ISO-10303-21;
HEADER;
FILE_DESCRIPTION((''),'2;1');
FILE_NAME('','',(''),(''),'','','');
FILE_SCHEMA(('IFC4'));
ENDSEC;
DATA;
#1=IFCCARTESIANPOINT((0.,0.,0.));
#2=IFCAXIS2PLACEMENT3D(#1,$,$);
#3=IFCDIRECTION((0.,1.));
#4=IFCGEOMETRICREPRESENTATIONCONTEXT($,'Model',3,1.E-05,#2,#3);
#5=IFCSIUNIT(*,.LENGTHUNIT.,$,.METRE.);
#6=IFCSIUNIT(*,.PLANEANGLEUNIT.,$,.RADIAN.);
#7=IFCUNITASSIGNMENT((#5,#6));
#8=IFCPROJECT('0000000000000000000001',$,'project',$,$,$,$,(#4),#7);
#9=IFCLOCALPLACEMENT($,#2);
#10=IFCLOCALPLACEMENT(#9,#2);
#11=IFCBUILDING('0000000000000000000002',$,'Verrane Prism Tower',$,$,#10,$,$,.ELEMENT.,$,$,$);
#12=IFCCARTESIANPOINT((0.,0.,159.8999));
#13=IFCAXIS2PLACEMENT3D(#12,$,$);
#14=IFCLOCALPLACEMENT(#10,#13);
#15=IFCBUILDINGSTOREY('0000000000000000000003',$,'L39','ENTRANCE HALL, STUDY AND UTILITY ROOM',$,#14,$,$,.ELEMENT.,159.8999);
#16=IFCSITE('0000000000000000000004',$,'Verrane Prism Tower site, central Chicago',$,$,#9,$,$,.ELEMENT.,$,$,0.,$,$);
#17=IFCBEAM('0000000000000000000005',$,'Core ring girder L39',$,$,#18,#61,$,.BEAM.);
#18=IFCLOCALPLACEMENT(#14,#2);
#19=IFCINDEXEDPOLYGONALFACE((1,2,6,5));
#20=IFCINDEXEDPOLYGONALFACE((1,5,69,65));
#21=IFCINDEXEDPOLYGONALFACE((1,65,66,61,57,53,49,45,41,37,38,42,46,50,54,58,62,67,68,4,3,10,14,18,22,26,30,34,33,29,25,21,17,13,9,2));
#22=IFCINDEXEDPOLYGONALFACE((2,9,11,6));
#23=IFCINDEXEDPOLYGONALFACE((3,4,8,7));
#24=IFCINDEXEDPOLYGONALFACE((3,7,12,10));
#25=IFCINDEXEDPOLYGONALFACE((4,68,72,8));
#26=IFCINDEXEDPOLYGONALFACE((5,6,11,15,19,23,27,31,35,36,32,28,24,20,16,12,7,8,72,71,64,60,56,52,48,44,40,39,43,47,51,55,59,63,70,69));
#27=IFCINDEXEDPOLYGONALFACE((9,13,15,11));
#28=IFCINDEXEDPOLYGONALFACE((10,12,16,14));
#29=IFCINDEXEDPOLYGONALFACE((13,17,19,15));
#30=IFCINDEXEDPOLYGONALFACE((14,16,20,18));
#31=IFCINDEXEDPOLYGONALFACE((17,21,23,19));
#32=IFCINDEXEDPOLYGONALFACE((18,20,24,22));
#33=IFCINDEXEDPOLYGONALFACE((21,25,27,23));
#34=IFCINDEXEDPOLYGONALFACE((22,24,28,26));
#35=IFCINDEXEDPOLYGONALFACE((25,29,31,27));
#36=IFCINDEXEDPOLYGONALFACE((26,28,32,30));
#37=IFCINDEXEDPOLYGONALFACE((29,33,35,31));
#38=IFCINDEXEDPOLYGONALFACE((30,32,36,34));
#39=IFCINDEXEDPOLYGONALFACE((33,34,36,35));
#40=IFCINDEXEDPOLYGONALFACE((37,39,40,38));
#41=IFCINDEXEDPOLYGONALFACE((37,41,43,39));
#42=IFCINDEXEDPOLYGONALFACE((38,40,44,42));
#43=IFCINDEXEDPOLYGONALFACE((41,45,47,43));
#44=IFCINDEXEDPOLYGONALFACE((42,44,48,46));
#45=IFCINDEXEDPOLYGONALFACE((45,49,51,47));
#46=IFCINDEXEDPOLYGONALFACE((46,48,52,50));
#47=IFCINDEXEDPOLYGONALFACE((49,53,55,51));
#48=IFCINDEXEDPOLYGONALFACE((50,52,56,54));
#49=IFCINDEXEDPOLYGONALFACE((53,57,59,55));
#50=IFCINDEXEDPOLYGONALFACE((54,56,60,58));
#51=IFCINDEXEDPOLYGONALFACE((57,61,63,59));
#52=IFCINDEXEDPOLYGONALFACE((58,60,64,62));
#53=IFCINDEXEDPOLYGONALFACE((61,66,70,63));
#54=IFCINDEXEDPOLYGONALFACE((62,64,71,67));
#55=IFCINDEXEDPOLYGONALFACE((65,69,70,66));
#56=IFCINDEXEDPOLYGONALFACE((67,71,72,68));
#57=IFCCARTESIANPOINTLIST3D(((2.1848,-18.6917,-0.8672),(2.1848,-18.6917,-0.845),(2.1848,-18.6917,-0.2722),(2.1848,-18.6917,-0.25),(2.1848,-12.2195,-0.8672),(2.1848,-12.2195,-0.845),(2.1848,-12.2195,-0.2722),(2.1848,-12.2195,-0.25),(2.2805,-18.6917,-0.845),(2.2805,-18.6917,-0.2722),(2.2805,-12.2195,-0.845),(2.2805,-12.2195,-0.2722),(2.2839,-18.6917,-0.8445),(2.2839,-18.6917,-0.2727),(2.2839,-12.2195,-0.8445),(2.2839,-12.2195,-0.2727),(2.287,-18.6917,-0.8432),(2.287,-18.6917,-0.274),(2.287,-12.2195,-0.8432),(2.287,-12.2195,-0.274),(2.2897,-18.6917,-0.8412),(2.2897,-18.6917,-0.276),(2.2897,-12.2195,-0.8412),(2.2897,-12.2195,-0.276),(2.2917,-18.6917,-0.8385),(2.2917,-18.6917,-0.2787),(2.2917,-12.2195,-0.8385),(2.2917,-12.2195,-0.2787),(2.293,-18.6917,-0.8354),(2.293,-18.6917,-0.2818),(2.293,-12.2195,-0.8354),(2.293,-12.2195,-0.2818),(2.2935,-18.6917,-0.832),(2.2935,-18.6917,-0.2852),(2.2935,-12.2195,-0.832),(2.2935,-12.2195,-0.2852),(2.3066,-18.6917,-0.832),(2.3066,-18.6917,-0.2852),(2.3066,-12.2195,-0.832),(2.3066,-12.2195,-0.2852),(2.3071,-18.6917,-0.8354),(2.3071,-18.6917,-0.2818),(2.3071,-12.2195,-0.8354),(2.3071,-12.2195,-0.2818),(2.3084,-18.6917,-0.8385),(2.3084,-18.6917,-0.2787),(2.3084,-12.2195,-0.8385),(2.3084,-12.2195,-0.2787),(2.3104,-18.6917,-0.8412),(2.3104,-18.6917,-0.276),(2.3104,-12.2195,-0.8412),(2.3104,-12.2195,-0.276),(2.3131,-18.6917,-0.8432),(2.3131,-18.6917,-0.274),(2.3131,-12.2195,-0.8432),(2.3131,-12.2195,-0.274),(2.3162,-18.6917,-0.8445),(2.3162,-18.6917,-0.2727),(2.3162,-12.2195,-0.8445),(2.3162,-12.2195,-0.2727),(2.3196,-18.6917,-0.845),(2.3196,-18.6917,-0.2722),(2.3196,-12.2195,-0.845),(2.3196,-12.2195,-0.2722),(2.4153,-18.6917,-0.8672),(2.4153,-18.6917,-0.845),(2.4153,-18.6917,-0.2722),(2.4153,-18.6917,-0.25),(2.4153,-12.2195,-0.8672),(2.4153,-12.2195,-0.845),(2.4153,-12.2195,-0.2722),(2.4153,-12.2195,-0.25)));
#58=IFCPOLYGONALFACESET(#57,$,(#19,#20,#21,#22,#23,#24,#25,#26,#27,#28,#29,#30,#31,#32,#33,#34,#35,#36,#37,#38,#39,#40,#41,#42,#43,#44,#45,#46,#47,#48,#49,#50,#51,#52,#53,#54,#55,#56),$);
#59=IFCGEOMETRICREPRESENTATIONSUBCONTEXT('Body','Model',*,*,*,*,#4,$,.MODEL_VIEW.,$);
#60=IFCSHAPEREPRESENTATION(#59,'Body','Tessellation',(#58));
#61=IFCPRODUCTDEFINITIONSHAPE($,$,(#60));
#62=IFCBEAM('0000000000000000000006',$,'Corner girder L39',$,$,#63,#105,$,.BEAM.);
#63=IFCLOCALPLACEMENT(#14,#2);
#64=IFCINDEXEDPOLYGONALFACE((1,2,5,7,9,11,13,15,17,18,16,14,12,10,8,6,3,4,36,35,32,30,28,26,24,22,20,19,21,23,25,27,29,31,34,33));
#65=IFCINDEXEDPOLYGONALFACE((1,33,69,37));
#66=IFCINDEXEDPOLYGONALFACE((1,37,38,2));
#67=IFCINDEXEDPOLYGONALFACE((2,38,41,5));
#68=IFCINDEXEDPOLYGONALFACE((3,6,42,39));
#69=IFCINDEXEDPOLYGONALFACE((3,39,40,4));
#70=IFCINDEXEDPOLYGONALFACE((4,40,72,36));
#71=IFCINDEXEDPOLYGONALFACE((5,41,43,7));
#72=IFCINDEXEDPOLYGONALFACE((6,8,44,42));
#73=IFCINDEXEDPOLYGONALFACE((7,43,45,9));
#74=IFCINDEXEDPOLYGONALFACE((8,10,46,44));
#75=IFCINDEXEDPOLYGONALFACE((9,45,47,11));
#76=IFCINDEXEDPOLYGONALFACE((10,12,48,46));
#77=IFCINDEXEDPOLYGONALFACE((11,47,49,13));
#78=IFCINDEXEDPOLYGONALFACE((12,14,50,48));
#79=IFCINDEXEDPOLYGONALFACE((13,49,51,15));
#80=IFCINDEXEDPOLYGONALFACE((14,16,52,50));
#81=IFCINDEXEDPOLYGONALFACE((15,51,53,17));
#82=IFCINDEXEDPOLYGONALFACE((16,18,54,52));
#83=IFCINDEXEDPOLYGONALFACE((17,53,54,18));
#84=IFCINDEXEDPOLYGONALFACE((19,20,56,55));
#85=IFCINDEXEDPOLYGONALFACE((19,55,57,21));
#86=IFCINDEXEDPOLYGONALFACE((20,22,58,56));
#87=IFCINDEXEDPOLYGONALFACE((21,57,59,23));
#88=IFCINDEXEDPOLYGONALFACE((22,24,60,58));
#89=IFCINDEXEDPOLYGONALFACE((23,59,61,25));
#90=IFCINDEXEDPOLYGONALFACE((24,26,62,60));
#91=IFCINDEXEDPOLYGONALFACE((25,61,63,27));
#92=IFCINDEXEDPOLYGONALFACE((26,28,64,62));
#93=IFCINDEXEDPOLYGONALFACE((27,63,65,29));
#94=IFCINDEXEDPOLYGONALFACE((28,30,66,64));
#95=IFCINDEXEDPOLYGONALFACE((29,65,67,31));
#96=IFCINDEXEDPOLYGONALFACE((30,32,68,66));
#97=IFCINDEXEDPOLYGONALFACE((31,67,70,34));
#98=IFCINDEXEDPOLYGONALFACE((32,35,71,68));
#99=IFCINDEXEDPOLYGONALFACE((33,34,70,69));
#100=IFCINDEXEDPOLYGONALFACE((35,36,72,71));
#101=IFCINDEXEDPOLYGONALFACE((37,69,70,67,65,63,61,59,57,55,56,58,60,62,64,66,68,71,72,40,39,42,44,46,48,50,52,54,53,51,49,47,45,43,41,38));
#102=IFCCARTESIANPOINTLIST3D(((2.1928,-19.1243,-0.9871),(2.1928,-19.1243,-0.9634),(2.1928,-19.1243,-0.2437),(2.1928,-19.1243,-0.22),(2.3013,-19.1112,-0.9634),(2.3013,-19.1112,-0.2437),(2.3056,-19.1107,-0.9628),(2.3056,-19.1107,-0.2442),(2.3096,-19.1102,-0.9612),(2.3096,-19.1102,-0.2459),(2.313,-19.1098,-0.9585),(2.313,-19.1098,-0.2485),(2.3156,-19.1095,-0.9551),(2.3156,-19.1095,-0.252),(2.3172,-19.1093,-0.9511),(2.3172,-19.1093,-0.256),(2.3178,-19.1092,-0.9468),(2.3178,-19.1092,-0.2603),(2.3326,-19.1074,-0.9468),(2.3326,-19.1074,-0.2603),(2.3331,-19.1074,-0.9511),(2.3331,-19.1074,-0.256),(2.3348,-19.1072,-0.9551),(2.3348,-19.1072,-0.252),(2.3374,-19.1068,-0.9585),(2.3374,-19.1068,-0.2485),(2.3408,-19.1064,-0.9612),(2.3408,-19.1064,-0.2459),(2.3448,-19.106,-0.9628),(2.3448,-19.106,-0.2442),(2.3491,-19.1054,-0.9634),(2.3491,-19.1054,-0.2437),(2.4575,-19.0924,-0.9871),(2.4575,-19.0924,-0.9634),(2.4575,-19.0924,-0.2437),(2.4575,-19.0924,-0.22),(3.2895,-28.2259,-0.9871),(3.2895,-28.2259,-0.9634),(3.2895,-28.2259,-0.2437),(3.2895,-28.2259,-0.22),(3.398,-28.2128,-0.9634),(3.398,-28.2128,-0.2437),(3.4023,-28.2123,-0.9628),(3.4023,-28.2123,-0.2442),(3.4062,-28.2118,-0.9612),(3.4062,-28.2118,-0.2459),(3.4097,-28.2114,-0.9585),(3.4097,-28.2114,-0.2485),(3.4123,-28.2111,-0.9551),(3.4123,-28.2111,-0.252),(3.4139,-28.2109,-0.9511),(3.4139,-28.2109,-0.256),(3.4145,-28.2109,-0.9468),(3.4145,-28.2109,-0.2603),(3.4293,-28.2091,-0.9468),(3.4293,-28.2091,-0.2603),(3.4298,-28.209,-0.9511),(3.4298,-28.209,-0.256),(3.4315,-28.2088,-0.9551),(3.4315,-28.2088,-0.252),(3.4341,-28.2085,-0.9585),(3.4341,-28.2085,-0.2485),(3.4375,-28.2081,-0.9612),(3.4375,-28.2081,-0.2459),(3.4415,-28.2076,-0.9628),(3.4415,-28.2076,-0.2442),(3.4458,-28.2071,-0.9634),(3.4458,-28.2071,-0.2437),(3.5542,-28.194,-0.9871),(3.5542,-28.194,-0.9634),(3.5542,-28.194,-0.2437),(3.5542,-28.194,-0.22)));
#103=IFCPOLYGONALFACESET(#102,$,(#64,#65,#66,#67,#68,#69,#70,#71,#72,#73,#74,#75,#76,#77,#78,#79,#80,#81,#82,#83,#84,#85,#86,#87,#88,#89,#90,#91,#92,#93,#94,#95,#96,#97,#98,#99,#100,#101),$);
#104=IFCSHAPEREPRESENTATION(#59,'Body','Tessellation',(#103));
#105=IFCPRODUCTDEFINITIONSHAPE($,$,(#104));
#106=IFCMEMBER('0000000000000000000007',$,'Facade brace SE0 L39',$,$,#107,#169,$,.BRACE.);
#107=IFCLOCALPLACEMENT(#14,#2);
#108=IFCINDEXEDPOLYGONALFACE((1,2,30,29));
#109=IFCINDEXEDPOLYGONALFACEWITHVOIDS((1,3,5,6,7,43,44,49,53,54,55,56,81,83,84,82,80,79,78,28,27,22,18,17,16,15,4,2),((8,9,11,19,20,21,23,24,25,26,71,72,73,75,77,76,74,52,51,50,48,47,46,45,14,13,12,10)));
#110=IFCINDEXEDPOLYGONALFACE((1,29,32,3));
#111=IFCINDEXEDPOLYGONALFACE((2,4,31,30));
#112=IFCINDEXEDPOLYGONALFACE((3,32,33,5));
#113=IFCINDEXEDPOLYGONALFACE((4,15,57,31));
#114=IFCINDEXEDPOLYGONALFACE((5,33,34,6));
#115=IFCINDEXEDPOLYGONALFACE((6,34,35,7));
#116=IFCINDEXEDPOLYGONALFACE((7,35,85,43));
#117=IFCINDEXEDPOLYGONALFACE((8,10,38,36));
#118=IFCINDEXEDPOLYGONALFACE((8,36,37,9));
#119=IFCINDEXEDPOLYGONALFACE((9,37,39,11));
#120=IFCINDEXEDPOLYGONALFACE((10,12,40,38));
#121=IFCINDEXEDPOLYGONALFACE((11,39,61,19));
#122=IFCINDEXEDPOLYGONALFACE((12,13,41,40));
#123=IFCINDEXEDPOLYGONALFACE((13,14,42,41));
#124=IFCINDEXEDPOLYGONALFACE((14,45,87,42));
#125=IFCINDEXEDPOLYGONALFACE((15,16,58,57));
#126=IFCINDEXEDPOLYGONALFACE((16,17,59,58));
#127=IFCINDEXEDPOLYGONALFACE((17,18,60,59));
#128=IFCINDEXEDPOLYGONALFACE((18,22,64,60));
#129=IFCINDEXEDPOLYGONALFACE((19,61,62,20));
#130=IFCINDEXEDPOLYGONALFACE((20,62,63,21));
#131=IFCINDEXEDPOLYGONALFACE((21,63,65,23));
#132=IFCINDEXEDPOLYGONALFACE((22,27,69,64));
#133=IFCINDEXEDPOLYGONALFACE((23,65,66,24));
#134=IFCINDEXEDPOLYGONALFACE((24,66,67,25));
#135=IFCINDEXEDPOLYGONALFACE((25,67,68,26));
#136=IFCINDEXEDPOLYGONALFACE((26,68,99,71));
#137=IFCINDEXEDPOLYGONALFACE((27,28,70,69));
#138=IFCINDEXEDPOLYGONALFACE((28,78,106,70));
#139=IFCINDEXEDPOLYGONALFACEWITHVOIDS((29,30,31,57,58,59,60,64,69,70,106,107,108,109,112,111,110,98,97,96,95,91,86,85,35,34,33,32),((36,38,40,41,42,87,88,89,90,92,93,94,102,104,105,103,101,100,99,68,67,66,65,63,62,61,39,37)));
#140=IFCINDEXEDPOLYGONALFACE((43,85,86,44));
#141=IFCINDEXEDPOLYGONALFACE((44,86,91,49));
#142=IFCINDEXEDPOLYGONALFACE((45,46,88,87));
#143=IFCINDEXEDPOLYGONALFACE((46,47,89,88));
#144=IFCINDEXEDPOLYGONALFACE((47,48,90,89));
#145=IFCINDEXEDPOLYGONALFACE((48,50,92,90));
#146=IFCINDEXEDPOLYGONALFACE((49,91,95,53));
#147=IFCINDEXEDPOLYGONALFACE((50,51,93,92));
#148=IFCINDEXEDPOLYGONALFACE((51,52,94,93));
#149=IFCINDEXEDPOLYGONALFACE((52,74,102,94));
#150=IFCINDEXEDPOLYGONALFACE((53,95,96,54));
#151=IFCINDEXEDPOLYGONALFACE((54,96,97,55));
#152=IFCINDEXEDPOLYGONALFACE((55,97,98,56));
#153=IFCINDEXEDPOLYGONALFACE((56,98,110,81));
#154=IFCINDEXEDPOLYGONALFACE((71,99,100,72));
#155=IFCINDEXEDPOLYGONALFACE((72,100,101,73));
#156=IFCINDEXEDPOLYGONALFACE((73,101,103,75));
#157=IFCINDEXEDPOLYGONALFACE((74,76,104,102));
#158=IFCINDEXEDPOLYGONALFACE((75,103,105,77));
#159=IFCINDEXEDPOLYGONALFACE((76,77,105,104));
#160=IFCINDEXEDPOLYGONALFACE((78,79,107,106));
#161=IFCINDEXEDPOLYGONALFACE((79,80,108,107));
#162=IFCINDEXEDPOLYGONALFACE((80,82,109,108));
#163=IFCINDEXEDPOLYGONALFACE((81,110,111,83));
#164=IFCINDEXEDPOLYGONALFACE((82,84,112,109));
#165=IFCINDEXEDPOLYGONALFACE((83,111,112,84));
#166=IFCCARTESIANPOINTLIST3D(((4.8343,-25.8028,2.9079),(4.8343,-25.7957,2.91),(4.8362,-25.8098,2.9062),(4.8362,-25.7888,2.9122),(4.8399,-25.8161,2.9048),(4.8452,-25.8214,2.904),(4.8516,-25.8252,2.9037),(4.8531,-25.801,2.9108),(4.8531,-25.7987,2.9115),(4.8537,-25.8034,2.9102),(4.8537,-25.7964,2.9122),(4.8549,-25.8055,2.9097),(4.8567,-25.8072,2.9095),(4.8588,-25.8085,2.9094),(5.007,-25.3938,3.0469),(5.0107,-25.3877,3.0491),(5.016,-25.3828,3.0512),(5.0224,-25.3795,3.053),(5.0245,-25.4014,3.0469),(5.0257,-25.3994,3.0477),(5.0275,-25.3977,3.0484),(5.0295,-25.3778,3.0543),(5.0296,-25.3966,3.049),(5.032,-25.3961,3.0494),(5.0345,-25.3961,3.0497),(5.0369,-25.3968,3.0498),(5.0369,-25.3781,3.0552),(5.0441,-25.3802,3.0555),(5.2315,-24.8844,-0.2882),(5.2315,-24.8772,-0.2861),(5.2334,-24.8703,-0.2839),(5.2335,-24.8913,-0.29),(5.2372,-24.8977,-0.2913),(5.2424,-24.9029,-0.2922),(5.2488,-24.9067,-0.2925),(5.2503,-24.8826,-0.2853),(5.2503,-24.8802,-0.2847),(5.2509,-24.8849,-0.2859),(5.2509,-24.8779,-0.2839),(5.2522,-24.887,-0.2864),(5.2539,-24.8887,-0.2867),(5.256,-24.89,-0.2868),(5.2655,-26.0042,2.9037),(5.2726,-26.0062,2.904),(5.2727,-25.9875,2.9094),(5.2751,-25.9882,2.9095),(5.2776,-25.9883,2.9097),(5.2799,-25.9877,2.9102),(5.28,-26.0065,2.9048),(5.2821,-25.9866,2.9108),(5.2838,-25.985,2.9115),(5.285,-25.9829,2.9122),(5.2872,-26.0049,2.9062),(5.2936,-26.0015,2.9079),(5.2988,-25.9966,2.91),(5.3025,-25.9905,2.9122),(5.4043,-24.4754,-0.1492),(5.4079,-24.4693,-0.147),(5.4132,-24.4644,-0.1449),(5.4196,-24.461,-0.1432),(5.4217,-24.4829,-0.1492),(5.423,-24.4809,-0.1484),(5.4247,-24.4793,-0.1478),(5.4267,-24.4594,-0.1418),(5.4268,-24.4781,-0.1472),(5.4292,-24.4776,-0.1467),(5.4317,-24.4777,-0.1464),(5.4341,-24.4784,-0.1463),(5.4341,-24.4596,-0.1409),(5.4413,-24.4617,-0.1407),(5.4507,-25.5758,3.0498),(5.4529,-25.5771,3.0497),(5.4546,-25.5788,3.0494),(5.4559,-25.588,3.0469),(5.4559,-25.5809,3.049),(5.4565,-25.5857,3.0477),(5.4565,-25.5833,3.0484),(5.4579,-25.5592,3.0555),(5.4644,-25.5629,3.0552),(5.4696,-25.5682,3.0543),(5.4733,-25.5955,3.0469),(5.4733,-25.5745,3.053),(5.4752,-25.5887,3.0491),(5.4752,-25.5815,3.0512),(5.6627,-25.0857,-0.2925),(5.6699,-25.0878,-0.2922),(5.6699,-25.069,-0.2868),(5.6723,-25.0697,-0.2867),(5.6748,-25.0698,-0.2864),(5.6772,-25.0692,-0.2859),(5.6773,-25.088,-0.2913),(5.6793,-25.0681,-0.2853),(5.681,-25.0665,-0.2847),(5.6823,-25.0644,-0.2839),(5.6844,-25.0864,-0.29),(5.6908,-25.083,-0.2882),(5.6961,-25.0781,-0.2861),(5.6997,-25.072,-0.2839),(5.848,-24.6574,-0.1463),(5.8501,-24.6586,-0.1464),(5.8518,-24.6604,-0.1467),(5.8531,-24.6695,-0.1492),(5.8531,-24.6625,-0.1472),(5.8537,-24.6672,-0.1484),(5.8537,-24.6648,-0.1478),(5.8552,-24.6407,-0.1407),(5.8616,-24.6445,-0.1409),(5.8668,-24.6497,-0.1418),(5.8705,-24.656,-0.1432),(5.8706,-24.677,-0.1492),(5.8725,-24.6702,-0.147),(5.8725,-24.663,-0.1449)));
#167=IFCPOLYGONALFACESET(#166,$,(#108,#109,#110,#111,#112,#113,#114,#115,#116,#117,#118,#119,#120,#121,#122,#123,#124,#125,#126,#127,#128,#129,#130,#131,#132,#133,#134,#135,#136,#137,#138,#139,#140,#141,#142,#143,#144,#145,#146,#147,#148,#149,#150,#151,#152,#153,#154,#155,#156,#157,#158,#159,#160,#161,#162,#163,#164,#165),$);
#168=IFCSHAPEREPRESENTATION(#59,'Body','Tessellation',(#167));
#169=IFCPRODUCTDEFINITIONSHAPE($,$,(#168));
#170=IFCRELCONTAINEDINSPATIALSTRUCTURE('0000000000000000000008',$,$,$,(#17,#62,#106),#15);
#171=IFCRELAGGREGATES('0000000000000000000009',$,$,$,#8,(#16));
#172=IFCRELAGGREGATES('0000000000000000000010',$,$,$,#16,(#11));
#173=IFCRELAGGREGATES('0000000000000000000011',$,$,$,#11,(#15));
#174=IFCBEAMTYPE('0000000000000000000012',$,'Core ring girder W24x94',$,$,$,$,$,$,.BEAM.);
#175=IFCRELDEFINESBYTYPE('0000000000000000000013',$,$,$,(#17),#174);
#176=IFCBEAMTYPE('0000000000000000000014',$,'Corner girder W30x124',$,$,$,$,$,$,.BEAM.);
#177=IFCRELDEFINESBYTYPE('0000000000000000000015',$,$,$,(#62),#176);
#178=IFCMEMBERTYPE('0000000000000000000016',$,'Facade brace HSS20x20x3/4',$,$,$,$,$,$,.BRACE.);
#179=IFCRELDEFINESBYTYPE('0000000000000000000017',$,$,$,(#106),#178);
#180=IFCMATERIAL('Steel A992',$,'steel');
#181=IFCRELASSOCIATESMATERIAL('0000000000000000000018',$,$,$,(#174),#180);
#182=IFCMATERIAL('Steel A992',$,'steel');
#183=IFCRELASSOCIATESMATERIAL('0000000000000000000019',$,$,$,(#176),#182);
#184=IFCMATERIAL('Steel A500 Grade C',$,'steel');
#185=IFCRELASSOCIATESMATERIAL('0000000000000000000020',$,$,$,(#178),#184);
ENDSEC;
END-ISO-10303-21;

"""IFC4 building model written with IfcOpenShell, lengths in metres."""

from ifc_helpers import new_model, si_unit, direction, frame, origin, origin_2d, place, context, subcontext, project, spatial, hollow_rectangle, i_section, extrude, material, material_profile, profile_set, type_object, element, save


model = new_model("IFC4")

# Units and contexts
model_context = context("Model", 3, precision=1e-05, world=origin(), true_north=direction((0.0, 1.0)))
body_context = subcontext(model_context, "Body", "Model", "MODEL_VIEW")
ifc_project = project(units=[si_unit("LENGTHUNIT", "METRE"), si_unit("PLANEANGLEUNIT", "RADIAN")], contexts=[model_context])

# Site, building, storey
site_placement = place(None, origin())
site = spatial("IfcSite", under=ifc_project, at=site_placement, Name="Verrane Prism Tower site, central Chicago", CompositionType="ELEMENT", RefElevation=0.0)
building_placement = place(site_placement, origin())
building = spatial("IfcBuilding", under=site, at=building_placement, Name="Verrane Prism Tower", CompositionType="ELEMENT")
storey_placement = place(building_placement, frame((0.0, 0.0, 159.8999)))
storey = spatial("IfcBuildingStorey", under=building, at=storey_placement, Name="L39", Description="ENTRANCE HALL, STUDY AND UTILITY ROOM", CompositionType="ELEMENT", Elevation=159.8999)

# Beams
ifc_material_1 = material(Name="Steel A992", Category="steel")
ifc_material_profile_1 = material_profile(ifc_material_1, i_section(OverallWidth=0.2305, OverallDepth=0.6172, WebThickness=0.0132, FlangeThickness=0.0222, FilletRadius=0.0129, at=origin_2d()), Name="W24x94")
ifc_profile_set_1 = profile_set([ifc_material_profile_1], Name="Steel A992")
beam_type_1 = type_object("IfcBeamType", Name="Core ring girder W24x94", PredefinedType="BEAM", material=ifc_profile_set_1)
beam_1_placement = place(storey_placement, frame((2.3, -18.6917, -0.5586), z_axis=(0.0, 1.0, 0.0), x_axis=(-1.0, 0.0, 0.0)))
element("IfcBeam", 1, at=beam_1_placement, inside=storey, type_object=beam_type_1, Name="Core ring girder L39", PredefinedType="BEAM", context=body_context, shape_type="SweptSolid", body=[
    extrude(i_section(OverallWidth=0.2305, OverallDepth=0.6172, WebThickness=0.0132, FlangeThickness=0.0222, FilletRadius=0.0129, at=origin_2d()), origin(), (0.0, 0.0, 1.0), 6.4722),
])
ifc_material_2 = material(Name="Steel A992", Category="steel")
ifc_material_profile_2 = material_profile(ifc_material_2, i_section(OverallWidth=0.2666, OverallDepth=0.7671, WebThickness=0.0149, FlangeThickness=0.0237, FilletRadius=0.0166, at=origin_2d()), Name="W30x124")
ifc_profile_set_2 = profile_set([ifc_material_profile_2], Name="Steel A992")
beam_type_2 = type_object("IfcBeamType", Name="Corner girder W30x124", PredefinedType="BEAM", material=ifc_profile_set_2)
beam_2_placement = place(storey_placement, frame((3.4219, -28.21, -0.6035), z_axis=(-0.119628, 0.992819, 0.0), x_axis=(-0.992819, -0.119628, 0.0)))
element("IfcBeam", 2, at=beam_2_placement, inside=storey, type_object=beam_type_2, Name="Corner girder L39", PredefinedType="BEAM", context=body_context, shape_type="SweptSolid", body=[
    extrude(i_section(OverallWidth=0.2666, OverallDepth=0.7671, WebThickness=0.0149, FlangeThickness=0.0237, FilletRadius=0.0166, at=origin_2d()), origin(), (0.0, 0.0, 1.0), 9.1675),
])

# Member
ifc_material_3 = material(Name="Steel A500 Grade C", Category="steel")
ifc_material_profile_3 = material_profile(ifc_material_3, hollow_rectangle(XDim=0.5081, YDim=0.5081, WallThickness=0.019, InnerFilletRadius=0.0095, OuterFilletRadius=0.0286, at=origin_2d()), Name="HSS20x20x3/4")
ifc_profile_set_3 = profile_set([ifc_material_profile_3], Name="Steel A500 Grade C")
member_type_1 = type_object("IfcMemberType", Name="Facade brace HSS20x20x3/4", PredefinedType="BRACE", material=ifc_profile_set_3)
member_1_placement = place(storey_placement, frame((5.552, -24.7737, -0.2166), z_axis=(-0.118606, -0.274245, 0.954318), x_axis=(0.91784, -0.39695, 0.0)))
element("IfcMember", 3, at=member_1_placement, inside=storey, type_object=member_type_1, Name="Facade brace SE0 L39", PredefinedType="BRACE", context=body_context, shape_type="SweptSolid", body=[
    extrude(hollow_rectangle(XDim=0.5081, YDim=0.5081, WallThickness=0.019, InnerFilletRadius=0.0095, OuterFilletRadius=0.0286, at=origin_2d()), origin(), (0.0, 0.0, 1.0), 3.3491),
])

save(model, "model.ifc")
